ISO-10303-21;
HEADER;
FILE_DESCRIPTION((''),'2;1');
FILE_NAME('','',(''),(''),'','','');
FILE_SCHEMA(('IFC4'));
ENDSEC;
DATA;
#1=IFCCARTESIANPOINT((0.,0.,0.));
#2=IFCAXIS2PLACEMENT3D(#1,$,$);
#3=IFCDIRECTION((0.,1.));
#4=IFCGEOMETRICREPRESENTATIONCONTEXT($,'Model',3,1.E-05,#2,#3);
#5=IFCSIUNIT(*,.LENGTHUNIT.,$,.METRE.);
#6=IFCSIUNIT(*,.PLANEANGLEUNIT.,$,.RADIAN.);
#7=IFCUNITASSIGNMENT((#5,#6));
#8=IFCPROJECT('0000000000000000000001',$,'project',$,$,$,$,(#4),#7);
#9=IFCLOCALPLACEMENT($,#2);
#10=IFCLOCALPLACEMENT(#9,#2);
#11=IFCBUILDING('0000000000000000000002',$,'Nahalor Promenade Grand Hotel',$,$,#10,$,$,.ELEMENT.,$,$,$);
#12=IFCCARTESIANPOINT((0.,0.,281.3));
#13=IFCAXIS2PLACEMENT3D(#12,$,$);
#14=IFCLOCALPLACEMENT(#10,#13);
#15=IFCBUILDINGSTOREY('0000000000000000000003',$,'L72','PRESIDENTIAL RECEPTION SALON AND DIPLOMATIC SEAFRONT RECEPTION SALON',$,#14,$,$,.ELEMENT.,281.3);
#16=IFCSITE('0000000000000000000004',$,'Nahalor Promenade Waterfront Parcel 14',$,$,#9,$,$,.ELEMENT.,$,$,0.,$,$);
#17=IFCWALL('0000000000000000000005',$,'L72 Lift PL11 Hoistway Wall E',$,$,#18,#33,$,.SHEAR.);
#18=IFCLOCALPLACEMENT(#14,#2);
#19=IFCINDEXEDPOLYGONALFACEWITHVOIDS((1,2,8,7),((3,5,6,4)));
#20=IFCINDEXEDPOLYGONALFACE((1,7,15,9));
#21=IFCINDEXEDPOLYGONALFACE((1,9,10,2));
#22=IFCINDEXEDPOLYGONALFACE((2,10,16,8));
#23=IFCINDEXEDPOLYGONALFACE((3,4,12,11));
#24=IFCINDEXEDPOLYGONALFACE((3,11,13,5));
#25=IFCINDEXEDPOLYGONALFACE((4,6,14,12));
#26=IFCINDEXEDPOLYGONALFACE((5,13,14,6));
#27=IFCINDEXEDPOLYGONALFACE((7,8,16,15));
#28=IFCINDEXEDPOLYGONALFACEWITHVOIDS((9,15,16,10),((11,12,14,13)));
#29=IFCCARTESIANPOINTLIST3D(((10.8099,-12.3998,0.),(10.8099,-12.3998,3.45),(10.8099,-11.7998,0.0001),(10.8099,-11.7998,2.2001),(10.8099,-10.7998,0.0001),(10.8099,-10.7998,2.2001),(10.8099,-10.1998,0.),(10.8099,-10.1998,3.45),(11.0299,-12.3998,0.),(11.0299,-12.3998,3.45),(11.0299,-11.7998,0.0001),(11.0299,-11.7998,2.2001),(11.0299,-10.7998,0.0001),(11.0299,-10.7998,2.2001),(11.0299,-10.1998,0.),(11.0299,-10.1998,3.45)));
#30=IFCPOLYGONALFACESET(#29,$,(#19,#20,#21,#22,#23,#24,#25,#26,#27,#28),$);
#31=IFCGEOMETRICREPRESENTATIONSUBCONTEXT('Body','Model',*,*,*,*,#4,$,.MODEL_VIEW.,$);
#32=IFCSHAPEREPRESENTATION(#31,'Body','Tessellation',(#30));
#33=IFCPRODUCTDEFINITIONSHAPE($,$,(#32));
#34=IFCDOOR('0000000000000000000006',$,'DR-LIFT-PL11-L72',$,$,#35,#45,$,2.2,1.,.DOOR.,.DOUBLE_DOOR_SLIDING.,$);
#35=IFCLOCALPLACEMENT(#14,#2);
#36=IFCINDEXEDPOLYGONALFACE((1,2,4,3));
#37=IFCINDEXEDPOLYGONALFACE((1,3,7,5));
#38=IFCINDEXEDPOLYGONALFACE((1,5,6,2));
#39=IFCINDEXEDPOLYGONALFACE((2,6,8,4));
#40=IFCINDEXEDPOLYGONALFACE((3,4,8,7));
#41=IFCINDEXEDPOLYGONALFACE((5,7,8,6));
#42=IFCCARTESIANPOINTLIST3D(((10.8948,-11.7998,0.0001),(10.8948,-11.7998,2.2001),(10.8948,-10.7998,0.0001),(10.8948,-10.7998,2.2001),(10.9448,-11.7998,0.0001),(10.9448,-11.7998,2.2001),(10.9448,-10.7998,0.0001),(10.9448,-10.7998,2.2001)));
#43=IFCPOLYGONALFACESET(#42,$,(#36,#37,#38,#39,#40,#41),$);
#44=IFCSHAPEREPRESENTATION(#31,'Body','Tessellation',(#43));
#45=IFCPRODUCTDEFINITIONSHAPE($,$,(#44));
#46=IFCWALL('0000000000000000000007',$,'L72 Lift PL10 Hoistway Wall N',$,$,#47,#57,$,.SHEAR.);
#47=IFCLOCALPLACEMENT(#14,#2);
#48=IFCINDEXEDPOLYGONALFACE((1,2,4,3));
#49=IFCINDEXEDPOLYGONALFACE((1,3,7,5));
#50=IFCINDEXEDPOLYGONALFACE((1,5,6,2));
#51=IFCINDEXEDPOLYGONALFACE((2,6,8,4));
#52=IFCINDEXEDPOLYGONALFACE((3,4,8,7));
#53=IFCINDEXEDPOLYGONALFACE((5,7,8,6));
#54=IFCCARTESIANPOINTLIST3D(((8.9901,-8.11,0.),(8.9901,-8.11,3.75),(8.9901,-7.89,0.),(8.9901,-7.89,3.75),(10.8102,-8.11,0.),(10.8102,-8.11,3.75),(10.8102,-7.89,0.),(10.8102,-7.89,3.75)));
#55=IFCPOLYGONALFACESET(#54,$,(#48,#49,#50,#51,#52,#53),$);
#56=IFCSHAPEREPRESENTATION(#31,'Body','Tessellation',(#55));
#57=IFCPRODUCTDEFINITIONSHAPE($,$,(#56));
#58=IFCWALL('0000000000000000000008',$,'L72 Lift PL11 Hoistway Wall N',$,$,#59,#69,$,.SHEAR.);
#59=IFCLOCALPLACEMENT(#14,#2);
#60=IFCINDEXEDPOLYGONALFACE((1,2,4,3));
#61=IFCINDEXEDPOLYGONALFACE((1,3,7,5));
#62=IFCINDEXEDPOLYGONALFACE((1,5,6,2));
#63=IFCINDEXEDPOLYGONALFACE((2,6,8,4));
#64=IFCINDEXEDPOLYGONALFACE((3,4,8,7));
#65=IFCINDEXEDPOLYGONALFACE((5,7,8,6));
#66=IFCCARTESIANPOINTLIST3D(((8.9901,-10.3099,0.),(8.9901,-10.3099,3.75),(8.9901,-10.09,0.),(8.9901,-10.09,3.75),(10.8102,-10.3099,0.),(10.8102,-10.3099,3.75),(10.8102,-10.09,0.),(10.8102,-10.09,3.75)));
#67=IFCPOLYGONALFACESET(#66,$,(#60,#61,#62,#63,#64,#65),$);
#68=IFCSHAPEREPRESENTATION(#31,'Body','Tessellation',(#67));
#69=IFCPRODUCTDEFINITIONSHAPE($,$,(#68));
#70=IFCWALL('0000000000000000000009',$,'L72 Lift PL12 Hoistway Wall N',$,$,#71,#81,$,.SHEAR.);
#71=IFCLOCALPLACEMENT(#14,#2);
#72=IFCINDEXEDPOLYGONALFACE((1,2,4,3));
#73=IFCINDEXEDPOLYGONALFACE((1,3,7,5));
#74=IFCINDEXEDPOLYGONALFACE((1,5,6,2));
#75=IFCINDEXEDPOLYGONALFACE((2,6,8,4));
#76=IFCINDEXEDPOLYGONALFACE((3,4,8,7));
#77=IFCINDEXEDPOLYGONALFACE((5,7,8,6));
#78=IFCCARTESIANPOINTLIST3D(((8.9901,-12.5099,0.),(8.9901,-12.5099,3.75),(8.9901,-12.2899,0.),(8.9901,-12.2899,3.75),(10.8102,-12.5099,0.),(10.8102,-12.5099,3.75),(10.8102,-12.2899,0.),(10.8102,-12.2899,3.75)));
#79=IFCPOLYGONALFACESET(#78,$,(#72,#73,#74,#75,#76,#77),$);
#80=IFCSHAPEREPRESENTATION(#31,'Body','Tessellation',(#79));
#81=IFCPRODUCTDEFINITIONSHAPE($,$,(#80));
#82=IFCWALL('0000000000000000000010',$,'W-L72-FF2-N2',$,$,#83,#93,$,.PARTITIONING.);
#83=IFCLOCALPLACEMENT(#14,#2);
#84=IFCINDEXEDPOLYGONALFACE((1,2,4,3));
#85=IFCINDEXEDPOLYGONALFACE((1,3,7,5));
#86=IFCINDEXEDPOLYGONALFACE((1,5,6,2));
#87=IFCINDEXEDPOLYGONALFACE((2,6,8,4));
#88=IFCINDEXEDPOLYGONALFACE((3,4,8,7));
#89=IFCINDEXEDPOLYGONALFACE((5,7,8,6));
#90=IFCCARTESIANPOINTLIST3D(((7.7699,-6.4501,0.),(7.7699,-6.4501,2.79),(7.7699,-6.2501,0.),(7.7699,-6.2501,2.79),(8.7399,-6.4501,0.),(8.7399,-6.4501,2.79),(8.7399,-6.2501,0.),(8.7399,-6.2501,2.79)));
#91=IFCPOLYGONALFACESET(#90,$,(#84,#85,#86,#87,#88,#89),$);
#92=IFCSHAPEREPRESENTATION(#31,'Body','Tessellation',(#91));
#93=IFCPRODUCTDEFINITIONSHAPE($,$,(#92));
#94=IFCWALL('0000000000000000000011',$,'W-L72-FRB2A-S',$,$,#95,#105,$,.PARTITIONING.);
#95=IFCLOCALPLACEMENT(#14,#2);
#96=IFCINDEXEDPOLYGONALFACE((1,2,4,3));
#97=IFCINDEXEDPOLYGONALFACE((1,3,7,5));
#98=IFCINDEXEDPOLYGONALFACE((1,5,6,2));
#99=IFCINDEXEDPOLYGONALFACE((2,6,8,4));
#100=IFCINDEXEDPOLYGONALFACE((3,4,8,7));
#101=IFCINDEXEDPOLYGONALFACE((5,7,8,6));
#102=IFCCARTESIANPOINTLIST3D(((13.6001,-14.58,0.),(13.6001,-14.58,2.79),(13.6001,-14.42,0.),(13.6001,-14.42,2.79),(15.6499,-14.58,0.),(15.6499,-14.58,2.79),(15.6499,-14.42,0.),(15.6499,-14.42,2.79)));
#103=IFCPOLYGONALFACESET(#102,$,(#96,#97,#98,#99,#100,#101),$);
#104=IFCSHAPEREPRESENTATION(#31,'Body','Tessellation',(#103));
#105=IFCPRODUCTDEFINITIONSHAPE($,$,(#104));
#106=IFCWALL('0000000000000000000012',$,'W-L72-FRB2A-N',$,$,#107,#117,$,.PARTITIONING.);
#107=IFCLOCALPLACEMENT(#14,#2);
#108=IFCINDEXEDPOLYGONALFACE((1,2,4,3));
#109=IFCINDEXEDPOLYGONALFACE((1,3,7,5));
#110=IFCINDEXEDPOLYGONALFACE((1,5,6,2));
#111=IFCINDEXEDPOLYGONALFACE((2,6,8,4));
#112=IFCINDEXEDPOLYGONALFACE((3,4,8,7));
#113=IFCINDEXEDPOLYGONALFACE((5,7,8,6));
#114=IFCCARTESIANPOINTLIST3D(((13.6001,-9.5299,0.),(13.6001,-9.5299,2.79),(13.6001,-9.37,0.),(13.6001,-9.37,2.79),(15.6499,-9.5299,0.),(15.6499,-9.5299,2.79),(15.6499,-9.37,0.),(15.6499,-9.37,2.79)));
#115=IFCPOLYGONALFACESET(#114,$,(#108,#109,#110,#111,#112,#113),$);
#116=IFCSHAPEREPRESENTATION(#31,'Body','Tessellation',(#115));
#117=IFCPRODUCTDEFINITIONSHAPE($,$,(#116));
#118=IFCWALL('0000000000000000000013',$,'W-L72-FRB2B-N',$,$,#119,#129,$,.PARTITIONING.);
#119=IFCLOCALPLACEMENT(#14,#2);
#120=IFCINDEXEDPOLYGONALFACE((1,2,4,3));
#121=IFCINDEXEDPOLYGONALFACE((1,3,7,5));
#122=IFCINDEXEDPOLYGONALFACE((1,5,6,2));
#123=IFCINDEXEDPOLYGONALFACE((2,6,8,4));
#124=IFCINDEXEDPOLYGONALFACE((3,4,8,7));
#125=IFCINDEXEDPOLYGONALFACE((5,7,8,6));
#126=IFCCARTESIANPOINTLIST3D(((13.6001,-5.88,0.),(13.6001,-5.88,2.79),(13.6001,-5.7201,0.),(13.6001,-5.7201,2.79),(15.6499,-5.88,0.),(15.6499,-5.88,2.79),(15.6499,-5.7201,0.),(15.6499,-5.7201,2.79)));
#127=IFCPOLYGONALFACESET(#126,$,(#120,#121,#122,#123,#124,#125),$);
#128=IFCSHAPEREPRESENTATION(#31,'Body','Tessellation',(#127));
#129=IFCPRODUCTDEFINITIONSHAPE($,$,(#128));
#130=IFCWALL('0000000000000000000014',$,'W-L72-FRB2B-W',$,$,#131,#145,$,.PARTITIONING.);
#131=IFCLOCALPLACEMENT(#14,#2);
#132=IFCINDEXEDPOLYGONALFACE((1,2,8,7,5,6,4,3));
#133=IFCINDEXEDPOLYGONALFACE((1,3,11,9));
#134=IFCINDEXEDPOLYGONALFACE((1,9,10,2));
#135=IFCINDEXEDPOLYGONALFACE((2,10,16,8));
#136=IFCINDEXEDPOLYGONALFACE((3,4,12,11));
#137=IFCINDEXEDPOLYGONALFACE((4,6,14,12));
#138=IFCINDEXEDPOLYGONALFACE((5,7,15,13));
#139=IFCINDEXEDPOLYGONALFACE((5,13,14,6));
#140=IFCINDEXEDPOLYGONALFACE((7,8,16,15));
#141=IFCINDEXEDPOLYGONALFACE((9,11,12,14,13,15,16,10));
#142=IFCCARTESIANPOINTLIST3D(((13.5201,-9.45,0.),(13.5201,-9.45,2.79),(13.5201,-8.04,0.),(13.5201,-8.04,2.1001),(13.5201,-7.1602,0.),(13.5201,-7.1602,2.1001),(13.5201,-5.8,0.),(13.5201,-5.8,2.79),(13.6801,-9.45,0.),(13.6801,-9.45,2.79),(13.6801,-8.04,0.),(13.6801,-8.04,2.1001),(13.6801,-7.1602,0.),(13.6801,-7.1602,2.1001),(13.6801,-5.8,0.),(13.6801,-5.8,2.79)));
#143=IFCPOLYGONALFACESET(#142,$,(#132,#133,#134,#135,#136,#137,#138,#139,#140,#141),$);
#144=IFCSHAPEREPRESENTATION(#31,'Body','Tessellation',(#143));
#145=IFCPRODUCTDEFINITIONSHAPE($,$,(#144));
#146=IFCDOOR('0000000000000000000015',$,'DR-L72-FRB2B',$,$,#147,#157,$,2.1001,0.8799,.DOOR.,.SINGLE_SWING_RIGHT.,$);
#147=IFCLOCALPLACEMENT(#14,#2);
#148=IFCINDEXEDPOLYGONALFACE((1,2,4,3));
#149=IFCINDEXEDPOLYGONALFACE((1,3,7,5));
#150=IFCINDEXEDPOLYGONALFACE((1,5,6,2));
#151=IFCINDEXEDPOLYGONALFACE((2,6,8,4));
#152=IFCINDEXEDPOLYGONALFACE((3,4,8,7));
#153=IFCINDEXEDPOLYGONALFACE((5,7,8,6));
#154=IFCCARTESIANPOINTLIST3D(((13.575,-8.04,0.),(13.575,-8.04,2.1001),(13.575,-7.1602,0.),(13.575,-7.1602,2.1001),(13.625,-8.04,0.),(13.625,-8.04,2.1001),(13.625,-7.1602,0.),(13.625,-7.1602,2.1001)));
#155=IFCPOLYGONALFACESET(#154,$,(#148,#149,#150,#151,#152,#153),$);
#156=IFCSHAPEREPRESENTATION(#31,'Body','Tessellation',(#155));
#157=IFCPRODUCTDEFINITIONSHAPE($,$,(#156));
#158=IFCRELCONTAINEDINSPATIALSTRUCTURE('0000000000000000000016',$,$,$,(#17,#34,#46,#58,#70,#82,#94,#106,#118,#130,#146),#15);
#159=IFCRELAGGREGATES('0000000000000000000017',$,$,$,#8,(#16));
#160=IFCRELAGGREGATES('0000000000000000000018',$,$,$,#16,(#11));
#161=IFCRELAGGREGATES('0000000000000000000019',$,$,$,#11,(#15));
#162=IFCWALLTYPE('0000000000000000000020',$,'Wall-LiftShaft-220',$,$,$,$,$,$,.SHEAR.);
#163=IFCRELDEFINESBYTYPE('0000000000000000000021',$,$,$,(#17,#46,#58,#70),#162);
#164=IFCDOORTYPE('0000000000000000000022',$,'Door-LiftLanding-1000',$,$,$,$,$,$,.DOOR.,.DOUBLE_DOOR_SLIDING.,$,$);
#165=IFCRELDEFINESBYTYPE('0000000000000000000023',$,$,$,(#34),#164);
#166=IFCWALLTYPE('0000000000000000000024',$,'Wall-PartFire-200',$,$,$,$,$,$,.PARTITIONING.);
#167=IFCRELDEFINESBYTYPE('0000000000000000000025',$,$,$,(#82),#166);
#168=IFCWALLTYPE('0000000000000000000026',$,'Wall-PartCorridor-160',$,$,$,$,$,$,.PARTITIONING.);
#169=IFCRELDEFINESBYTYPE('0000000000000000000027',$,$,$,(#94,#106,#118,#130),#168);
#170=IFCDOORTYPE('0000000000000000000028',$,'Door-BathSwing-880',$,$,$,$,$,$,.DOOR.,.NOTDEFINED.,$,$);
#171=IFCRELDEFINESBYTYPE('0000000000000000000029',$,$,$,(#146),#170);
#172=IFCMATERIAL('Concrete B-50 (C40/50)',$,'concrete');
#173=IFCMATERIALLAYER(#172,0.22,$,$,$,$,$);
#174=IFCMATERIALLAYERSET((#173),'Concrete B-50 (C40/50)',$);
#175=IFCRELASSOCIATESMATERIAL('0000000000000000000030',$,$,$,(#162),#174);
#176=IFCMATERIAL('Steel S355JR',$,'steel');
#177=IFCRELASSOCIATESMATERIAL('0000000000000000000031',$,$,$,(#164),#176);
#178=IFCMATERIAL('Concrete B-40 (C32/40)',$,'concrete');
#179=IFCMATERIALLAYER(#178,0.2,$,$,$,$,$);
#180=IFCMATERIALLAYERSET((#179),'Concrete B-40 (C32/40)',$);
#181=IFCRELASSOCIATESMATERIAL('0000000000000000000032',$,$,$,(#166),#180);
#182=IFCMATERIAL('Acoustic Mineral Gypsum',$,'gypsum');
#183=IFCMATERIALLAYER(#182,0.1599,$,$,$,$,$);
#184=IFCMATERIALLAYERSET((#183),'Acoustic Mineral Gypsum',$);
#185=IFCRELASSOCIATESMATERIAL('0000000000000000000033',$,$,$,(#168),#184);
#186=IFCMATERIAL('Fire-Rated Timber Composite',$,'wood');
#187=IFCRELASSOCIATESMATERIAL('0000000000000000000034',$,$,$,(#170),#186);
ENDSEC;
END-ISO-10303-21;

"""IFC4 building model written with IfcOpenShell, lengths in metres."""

from ifc_helpers import new_model, si_unit, direction, frame, frame_2d, origin, place, context, subcontext, project, spatial, rectangle, extrude, source, transform, mapped, material, layer, layer_set, type_object, element, fill, save


model = new_model("IFC4")

# Units and contexts
model_context = context("Model", 3, precision=1e-05, world=origin(), true_north=direction((0.0, 1.0)))
body_context = subcontext(model_context, "Body", "Model", "MODEL_VIEW")
ifc_project = project(units=[si_unit("LENGTHUNIT", "METRE"), si_unit("PLANEANGLEUNIT", "RADIAN")], contexts=[model_context])

# Site, building, storey
site_placement = place(None, origin())
site = spatial("IfcSite", under=ifc_project, at=site_placement, Name="Nahalor Promenade Waterfront Parcel 14", CompositionType="ELEMENT", RefElevation=0.0)
building_placement = place(site_placement, origin())
building = spatial("IfcBuilding", under=site, at=building_placement, Name="Nahalor Promenade Grand Hotel", CompositionType="ELEMENT")
storey_placement = place(building_placement, frame((0.0, 0.0, 281.3)))
storey = spatial("IfcBuildingStorey", under=building, at=storey_placement, Name="L72", Description="PRESIDENTIAL RECEPTION SALON AND DIPLOMATIC SEAFRONT RECEPTION SALON", CompositionType="ELEMENT", Elevation=281.3)

# Shared definitions
ifc_material_1 = material(Name="Steel S355JR", Category="steel")

# Shared definitions
ifc_material_2 = material(Name="Concrete B-50 (C40/50)", Category="concrete")
ifc_layer_1 = layer(ifc_material_2, 0.22)
ifc_layer_set_1 = layer_set([ifc_layer_1], Name="Concrete B-50 (C40/50)")
wall_type_1 = type_object("IfcWallType", Name="Wall-LiftShaft-220", PredefinedType="SHEAR", material=ifc_layer_set_1)

# Shared definitions
door_type_1 = type_object("IfcDoorType", Name="Door-LiftLanding-1000", OperationType="DOUBLE_DOOR_SLIDING", PredefinedType="DOOR", material=ifc_material_1)
shared_shape_1 = source(origin(), body_context, "Body", "SweptSolid", [
    extrude(rectangle(XDim=1.0, YDim=2.2, at=frame_2d((0.5, 1.1001))), frame((0.0, 0.0249, 0.0), z_axis=(0.0, -1.0, 0.0), x_axis=(1.0, 0.0, 0.0)), (0.0, 0.0, 1.0), 0.05),
])

# Shared definitions
shared_shape_2 = source(origin(), body_context, "Body", "SweptSolid", [
    extrude(rectangle(XDim=2.2, YDim=0.22, at=frame_2d((1.1001, 0.0))), origin(), (0.0, 0.0, 1.0), 3.45),
])

# Wall, opening, door
wall_1_placement = place(storey_placement, frame((10.9199, -12.3999, 0.0), z_axis=(0.0, 0.0, 1.0), x_axis=(0.0, 1.0, 0.0)))
wall_1 = element("IfcWall", 1, at=wall_1_placement, inside=storey, type_object=wall_type_1, Name="L72 Lift PL11 Hoistway Wall E", PredefinedType="SHEAR", context=body_context, shape_type="MappedRepresentation", body=[
    mapped(shared_shape_2, transform((0.0, 0.0, 0.0), scale=1.0)),
])
opening_1_placement = place(wall_1_placement, frame((0.6001, 0.0, 0.0)))
opening_1 = element("IfcOpeningElement", 2, at=opening_1_placement, cuts=wall_1, PredefinedType="OPENING", context=body_context, shape_type="SweptSolid", body=[
    extrude(rectangle(XDim=1.0, YDim=2.2, at=frame_2d((0.5, 1.1001))), frame((0.0, 0.1199, 0.0), z_axis=(0.0, -1.0, 0.0), x_axis=(1.0, 0.0, 0.0)), (0.0, 0.0, 1.0), 0.24),
])
door_1_placement = place(opening_1_placement, frame((1.0, 0.0, 0.0), z_axis=(0.0, 0.0, 1.0), x_axis=(-1.0, 0.0, 0.0)))
door_1 = element("IfcDoor", 3, at=door_1_placement, inside=storey, type_object=door_type_1, Name="DR-LIFT-PL11-L72", OperationType="DOUBLE_DOOR_SLIDING", OverallHeight=2.2, OverallWidth=1.0, PredefinedType="DOOR", context=body_context, shape_type="MappedRepresentation", body=[
    mapped(shared_shape_1, transform((0.0, 0.0, 0.0), scale=1.0)),
])
fill(opening_1, door_1)

# Walls
shared_shape_3 = source(origin(), body_context, "Body", "SweptSolid", [
    extrude(rectangle(XDim=1.8201, YDim=0.22, at=frame_2d((0.9102, 0.0))), origin(), (0.0, 0.0, 1.0), 3.75),
])
for number, where, z_axis, x_axis, name in (
    (4, (8.99, -8.0, 0.0), (0.0, 0.0, 1.0), (1.0, 0.0, 0.0), "L72 Lift PL10 Hoistway Wall N"),
    (5, (8.99, -10.2, 0.0), (0.0, 0.0, 1.0), (1.0, 0.0, 0.0), "L72 Lift PL11 Hoistway Wall N"),
    (6, (8.99, -12.3999, 0.0), (0.0, 0.0, 1.0), (1.0, 0.0, 0.0), "L72 Lift PL12 Hoistway Wall N"),
):
    element("IfcWall", number, at=place(storey_placement, frame(where, z_axis=z_axis, x_axis=x_axis)), inside=storey, type_object=wall_type_1, Name=name, PredefinedType="SHEAR", context=body_context, shape_type="MappedRepresentation", body=[
        mapped(shared_shape_3, transform((0.0, 0.0, 0.0), scale=1.0)),
    ])
ifc_material_3 = material(Name="Concrete B-40 (C32/40)", Category="concrete")
ifc_layer_2 = layer(ifc_material_3, 0.2)
ifc_layer_set_2 = layer_set([ifc_layer_2], Name="Concrete B-40 (C32/40)")
wall_type_2 = type_object("IfcWallType", Name="Wall-PartFire-200", PredefinedType="PARTITIONING", material=ifc_layer_set_2)
shared_shape_4 = source(origin(), body_context, "Body", "SweptSolid", [
    extrude(rectangle(XDim=0.97, YDim=0.2, at=frame_2d((0.4849, 0.0))), origin(), (0.0, 0.0, 1.0), 2.79),
])
wall_2_placement = place(storey_placement, frame((7.77, -6.3501, 0.0), z_axis=(0.0, 0.0, 1.0), x_axis=(1.0, 0.0, 0.0)))
element("IfcWall", 7, at=wall_2_placement, inside=storey, type_object=wall_type_2, Name="W-L72-FF2-N2", PredefinedType="PARTITIONING", context=body_context, shape_type="MappedRepresentation", body=[
    mapped(shared_shape_4, transform((0.0, 0.0, 0.0), scale=1.0)),
])
ifc_material_4 = material(Name="Acoustic Mineral Gypsum", Category="gypsum")
ifc_layer_3 = layer(ifc_material_4, 0.1599)
ifc_layer_set_3 = layer_set([ifc_layer_3], Name="Acoustic Mineral Gypsum")
wall_type_3 = type_object("IfcWallType", Name="Wall-PartCorridor-160", PredefinedType="PARTITIONING", material=ifc_layer_set_3)
shared_shape_5 = source(origin(), body_context, "Body", "SweptSolid", [
    extrude(rectangle(XDim=2.0498, YDim=0.1599, at=frame_2d((1.0249, 0.0))), origin(), (0.0, 0.0, 1.0), 2.79),
])
for number, where, z_axis, x_axis, name in (
    (8, (13.6001, -14.5, 0.0), (0.0, 0.0, 1.0), (1.0, 0.0, 0.0), "W-L72-FRB2A-S"),
    (9, (13.6001, -9.45, 0.0), (0.0, 0.0, 1.0), (1.0, 0.0, 0.0), "W-L72-FRB2A-N"),
    (10, (13.6001, -5.8, 0.0), (0.0, 0.0, 1.0), (1.0, 0.0, 0.0), "W-L72-FRB2B-N"),
):
    element("IfcWall", number, at=place(storey_placement, frame(where, z_axis=z_axis, x_axis=x_axis)), inside=storey, type_object=wall_type_3, Name=name, PredefinedType="PARTITIONING", context=body_context, shape_type="MappedRepresentation", body=[
        mapped(shared_shape_5, transform((0.0, 0.0, 0.0), scale=1.0)),
    ])

# Wall, opening, door
shared_shape_6 = source(origin(), body_context, "Body", "SweptSolid", [
    extrude(rectangle(XDim=3.6499, YDim=0.1599, at=frame_2d((1.825, 0.0))), origin(), (0.0, 0.0, 1.0), 2.79),
])
wall_3_placement = place(storey_placement, frame((13.6001, -9.45, 0.0), z_axis=(0.0, 0.0, 1.0), x_axis=(0.0, 1.0, 0.0)))
wall_3 = element("IfcWall", 11, at=wall_3_placement, inside=storey, type_object=wall_type_3, Name="W-L72-FRB2B-W", PredefinedType="PARTITIONING", context=body_context, shape_type="MappedRepresentation", body=[
    mapped(shared_shape_6, transform((0.0, 0.0, 0.0), scale=1.0)),
])
opening_2_placement = place(wall_3_placement, frame((1.4099, 0.0, 0.0)))
opening_2 = element("IfcOpeningElement", 12, at=opening_2_placement, cuts=wall_3, PredefinedType="OPENING", context=body_context, shape_type="SweptSolid", body=[
    extrude(rectangle(XDim=0.8799, YDim=2.1001, at=frame_2d((0.4399, 1.05))), frame((0.0, 0.0898, 0.0), z_axis=(0.0, -1.0, 0.0), x_axis=(1.0, 0.0, 0.0)), (0.0, 0.0, 1.0), 0.1799),
])
ifc_material_5 = material(Name="Fire-Rated Timber Composite", Category="wood")
door_type_2 = type_object("IfcDoorType", Name="Door-BathSwing-880", OperationType="NOTDEFINED", PredefinedType="DOOR", material=ifc_material_5)
shared_shape_7 = source(origin(), body_context, "Body", "SweptSolid", [
    extrude(rectangle(XDim=0.8799, YDim=2.1001, at=frame_2d((0.4399, 1.05))), frame((0.0, 0.0249, 0.0), z_axis=(0.0, -1.0, 0.0), x_axis=(1.0, 0.0, 0.0)), (0.0, 0.0, 1.0), 0.05),
])
door_2_placement = place(opening_2_placement, frame((0.8799, 0.0, 0.0), z_axis=(0.0, 0.0, 1.0), x_axis=(-1.0, 0.0, 0.0)))
door_2 = element("IfcDoor", 13, at=door_2_placement, inside=storey, type_object=door_type_2, Name="DR-L72-FRB2B", OperationType="SINGLE_SWING_RIGHT", OverallHeight=2.1001, OverallWidth=0.8799, PredefinedType="DOOR", context=body_context, shape_type="MappedRepresentation", body=[
    mapped(shared_shape_7, transform((0.0, 0.0, 0.0), scale=1.0)),
])
fill(opening_2, door_2)

save(model, "model.ifc")
